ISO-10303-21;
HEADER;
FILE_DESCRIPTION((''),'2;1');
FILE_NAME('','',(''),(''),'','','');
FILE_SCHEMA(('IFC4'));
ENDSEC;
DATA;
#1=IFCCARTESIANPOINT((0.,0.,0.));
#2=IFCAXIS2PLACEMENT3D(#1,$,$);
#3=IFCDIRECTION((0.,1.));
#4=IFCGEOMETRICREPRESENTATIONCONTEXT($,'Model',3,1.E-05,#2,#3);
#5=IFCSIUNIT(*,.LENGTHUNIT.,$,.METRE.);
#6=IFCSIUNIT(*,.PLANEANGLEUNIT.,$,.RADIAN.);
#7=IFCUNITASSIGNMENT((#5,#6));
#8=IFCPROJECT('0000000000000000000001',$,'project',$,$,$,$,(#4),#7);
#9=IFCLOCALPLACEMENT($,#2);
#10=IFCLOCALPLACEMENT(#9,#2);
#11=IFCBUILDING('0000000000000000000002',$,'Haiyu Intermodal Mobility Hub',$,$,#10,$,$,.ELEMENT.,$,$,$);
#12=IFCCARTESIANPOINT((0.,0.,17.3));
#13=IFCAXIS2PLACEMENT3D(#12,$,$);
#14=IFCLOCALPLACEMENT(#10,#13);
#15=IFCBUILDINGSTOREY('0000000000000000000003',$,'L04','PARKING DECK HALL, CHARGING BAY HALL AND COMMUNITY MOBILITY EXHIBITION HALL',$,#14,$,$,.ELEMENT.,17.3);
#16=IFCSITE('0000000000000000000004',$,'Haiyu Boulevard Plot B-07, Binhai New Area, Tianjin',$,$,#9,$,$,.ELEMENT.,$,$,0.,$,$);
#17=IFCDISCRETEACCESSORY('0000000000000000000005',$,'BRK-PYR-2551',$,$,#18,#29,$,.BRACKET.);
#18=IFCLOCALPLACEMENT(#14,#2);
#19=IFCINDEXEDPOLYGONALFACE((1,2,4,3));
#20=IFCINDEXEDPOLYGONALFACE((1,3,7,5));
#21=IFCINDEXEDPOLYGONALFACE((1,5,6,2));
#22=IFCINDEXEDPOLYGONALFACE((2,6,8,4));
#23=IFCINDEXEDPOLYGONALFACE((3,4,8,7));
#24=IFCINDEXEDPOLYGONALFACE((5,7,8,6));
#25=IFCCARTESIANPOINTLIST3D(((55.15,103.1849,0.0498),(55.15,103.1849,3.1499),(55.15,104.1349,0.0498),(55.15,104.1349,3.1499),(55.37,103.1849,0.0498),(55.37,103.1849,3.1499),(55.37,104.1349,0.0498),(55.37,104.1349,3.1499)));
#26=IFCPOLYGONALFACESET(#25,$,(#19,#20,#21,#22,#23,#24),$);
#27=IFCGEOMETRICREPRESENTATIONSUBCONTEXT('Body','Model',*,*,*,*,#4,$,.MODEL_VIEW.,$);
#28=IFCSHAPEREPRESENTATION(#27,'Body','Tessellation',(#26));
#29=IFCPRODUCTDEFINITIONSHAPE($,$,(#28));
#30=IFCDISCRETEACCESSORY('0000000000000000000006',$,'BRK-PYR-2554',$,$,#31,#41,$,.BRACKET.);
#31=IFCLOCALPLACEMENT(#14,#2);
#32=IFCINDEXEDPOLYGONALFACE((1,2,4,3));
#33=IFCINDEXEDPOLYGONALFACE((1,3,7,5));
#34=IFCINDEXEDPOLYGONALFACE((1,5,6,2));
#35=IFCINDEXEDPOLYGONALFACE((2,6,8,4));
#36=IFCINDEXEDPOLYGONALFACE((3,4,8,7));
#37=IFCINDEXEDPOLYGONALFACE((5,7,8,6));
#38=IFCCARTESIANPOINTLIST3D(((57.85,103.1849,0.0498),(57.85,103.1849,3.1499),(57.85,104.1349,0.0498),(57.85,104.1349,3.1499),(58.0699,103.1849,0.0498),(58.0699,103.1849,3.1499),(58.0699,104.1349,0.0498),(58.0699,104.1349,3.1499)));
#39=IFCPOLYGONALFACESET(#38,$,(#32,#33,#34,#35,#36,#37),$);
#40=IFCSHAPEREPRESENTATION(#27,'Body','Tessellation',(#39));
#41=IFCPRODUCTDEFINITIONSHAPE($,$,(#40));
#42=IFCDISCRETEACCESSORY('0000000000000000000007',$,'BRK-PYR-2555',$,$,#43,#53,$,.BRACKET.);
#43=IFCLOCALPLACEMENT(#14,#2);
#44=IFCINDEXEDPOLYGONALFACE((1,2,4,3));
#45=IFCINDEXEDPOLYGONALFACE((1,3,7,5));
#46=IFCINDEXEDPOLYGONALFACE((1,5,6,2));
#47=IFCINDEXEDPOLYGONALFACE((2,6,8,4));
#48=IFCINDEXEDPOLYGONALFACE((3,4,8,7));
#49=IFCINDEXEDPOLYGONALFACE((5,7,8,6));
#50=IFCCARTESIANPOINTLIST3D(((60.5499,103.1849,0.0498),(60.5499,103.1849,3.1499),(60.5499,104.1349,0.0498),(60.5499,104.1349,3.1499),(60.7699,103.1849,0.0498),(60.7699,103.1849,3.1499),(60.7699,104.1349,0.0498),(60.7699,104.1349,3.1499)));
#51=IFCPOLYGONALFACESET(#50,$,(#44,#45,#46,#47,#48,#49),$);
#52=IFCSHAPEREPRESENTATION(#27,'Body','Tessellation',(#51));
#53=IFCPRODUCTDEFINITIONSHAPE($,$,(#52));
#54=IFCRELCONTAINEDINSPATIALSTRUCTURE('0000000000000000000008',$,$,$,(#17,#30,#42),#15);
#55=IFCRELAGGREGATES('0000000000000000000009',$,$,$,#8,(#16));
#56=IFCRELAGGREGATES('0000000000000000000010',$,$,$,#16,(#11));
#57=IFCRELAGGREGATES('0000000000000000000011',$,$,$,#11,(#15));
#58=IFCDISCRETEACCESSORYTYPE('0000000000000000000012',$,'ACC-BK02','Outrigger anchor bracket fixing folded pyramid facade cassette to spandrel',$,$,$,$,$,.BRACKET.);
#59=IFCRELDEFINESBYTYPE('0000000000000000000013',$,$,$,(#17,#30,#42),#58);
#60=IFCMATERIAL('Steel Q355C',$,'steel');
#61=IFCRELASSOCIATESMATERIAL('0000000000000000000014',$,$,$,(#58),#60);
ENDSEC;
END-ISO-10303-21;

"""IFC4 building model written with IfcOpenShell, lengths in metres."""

from ifc_helpers import new_model, si_unit, direction, frame, origin, origin_2d, place, context, subcontext, project, spatial, rectangle, extrude, material, type_object, element, save


model = new_model("IFC4")

# Units and contexts
model_context = context("Model", 3, precision=1e-05, world=origin(), true_north=direction((0.0, 1.0)))
body_context = subcontext(model_context, "Body", "Model", "MODEL_VIEW")
ifc_project = project(units=[si_unit("LENGTHUNIT", "METRE"), si_unit("PLANEANGLEUNIT", "RADIAN")], contexts=[model_context])

# Site, building, storey
site_placement = place(None, origin())
site = spatial("IfcSite", under=ifc_project, at=site_placement, Name="Haiyu Boulevard Plot B-07, Binhai New Area, Tianjin", CompositionType="ELEMENT", RefElevation=0.0)
building_placement = place(site_placement, origin())
building = spatial("IfcBuilding", under=site, at=building_placement, Name="Haiyu Intermodal Mobility Hub", CompositionType="ELEMENT")
storey_placement = place(building_placement, frame((0.0, 0.0, 17.3)))
storey = spatial("IfcBuildingStorey", under=building, at=storey_placement, Name="L04", Description="PARKING DECK HALL, CHARGING BAY HALL AND COMMUNITY MOBILITY EXHIBITION HALL", CompositionType="ELEMENT", Elevation=17.3)

# Discrete accessories
ifc_material_1 = material(Name="Steel Q355C", Category="steel")
discrete_accessory_type = type_object("IfcDiscreteAccessoryType", Name="ACC-BK02", Description="Outrigger anchor bracket fixing folded pyramid facade cassette to spandrel", PredefinedType="BRACKET", material=ifc_material_1)
for number, where, z_axis, x_axis, name in (
    (1, (55.26, 103.6599, 0.0498), (0.0, 0.0, 1.0), (1.0, 0.0, 0.0), "BRK-PYR-2551"),
    (2, (57.96, 103.6599, 0.0498), (0.0, 0.0, 1.0), (1.0, 0.0, 0.0), "BRK-PYR-2554"),
    (3, (60.6599, 103.6599, 0.0498), (0.0, 0.0, 1.0), (1.0, 0.0, 0.0), "BRK-PYR-2555"),
):
    element("IfcDiscreteAccessory", number, at=place(storey_placement, frame(where, z_axis=z_axis, x_axis=x_axis)), inside=storey, type_object=discrete_accessory_type, Name=name, PredefinedType="BRACKET", context=body_context, shape_type="SweptSolid", body=[
        extrude(rectangle(XDim=0.22, YDim=0.95, at=origin_2d()), origin(), (0.0, 0.0, 1.0), 3.1001),
    ])

save(model, "model.ifc")
